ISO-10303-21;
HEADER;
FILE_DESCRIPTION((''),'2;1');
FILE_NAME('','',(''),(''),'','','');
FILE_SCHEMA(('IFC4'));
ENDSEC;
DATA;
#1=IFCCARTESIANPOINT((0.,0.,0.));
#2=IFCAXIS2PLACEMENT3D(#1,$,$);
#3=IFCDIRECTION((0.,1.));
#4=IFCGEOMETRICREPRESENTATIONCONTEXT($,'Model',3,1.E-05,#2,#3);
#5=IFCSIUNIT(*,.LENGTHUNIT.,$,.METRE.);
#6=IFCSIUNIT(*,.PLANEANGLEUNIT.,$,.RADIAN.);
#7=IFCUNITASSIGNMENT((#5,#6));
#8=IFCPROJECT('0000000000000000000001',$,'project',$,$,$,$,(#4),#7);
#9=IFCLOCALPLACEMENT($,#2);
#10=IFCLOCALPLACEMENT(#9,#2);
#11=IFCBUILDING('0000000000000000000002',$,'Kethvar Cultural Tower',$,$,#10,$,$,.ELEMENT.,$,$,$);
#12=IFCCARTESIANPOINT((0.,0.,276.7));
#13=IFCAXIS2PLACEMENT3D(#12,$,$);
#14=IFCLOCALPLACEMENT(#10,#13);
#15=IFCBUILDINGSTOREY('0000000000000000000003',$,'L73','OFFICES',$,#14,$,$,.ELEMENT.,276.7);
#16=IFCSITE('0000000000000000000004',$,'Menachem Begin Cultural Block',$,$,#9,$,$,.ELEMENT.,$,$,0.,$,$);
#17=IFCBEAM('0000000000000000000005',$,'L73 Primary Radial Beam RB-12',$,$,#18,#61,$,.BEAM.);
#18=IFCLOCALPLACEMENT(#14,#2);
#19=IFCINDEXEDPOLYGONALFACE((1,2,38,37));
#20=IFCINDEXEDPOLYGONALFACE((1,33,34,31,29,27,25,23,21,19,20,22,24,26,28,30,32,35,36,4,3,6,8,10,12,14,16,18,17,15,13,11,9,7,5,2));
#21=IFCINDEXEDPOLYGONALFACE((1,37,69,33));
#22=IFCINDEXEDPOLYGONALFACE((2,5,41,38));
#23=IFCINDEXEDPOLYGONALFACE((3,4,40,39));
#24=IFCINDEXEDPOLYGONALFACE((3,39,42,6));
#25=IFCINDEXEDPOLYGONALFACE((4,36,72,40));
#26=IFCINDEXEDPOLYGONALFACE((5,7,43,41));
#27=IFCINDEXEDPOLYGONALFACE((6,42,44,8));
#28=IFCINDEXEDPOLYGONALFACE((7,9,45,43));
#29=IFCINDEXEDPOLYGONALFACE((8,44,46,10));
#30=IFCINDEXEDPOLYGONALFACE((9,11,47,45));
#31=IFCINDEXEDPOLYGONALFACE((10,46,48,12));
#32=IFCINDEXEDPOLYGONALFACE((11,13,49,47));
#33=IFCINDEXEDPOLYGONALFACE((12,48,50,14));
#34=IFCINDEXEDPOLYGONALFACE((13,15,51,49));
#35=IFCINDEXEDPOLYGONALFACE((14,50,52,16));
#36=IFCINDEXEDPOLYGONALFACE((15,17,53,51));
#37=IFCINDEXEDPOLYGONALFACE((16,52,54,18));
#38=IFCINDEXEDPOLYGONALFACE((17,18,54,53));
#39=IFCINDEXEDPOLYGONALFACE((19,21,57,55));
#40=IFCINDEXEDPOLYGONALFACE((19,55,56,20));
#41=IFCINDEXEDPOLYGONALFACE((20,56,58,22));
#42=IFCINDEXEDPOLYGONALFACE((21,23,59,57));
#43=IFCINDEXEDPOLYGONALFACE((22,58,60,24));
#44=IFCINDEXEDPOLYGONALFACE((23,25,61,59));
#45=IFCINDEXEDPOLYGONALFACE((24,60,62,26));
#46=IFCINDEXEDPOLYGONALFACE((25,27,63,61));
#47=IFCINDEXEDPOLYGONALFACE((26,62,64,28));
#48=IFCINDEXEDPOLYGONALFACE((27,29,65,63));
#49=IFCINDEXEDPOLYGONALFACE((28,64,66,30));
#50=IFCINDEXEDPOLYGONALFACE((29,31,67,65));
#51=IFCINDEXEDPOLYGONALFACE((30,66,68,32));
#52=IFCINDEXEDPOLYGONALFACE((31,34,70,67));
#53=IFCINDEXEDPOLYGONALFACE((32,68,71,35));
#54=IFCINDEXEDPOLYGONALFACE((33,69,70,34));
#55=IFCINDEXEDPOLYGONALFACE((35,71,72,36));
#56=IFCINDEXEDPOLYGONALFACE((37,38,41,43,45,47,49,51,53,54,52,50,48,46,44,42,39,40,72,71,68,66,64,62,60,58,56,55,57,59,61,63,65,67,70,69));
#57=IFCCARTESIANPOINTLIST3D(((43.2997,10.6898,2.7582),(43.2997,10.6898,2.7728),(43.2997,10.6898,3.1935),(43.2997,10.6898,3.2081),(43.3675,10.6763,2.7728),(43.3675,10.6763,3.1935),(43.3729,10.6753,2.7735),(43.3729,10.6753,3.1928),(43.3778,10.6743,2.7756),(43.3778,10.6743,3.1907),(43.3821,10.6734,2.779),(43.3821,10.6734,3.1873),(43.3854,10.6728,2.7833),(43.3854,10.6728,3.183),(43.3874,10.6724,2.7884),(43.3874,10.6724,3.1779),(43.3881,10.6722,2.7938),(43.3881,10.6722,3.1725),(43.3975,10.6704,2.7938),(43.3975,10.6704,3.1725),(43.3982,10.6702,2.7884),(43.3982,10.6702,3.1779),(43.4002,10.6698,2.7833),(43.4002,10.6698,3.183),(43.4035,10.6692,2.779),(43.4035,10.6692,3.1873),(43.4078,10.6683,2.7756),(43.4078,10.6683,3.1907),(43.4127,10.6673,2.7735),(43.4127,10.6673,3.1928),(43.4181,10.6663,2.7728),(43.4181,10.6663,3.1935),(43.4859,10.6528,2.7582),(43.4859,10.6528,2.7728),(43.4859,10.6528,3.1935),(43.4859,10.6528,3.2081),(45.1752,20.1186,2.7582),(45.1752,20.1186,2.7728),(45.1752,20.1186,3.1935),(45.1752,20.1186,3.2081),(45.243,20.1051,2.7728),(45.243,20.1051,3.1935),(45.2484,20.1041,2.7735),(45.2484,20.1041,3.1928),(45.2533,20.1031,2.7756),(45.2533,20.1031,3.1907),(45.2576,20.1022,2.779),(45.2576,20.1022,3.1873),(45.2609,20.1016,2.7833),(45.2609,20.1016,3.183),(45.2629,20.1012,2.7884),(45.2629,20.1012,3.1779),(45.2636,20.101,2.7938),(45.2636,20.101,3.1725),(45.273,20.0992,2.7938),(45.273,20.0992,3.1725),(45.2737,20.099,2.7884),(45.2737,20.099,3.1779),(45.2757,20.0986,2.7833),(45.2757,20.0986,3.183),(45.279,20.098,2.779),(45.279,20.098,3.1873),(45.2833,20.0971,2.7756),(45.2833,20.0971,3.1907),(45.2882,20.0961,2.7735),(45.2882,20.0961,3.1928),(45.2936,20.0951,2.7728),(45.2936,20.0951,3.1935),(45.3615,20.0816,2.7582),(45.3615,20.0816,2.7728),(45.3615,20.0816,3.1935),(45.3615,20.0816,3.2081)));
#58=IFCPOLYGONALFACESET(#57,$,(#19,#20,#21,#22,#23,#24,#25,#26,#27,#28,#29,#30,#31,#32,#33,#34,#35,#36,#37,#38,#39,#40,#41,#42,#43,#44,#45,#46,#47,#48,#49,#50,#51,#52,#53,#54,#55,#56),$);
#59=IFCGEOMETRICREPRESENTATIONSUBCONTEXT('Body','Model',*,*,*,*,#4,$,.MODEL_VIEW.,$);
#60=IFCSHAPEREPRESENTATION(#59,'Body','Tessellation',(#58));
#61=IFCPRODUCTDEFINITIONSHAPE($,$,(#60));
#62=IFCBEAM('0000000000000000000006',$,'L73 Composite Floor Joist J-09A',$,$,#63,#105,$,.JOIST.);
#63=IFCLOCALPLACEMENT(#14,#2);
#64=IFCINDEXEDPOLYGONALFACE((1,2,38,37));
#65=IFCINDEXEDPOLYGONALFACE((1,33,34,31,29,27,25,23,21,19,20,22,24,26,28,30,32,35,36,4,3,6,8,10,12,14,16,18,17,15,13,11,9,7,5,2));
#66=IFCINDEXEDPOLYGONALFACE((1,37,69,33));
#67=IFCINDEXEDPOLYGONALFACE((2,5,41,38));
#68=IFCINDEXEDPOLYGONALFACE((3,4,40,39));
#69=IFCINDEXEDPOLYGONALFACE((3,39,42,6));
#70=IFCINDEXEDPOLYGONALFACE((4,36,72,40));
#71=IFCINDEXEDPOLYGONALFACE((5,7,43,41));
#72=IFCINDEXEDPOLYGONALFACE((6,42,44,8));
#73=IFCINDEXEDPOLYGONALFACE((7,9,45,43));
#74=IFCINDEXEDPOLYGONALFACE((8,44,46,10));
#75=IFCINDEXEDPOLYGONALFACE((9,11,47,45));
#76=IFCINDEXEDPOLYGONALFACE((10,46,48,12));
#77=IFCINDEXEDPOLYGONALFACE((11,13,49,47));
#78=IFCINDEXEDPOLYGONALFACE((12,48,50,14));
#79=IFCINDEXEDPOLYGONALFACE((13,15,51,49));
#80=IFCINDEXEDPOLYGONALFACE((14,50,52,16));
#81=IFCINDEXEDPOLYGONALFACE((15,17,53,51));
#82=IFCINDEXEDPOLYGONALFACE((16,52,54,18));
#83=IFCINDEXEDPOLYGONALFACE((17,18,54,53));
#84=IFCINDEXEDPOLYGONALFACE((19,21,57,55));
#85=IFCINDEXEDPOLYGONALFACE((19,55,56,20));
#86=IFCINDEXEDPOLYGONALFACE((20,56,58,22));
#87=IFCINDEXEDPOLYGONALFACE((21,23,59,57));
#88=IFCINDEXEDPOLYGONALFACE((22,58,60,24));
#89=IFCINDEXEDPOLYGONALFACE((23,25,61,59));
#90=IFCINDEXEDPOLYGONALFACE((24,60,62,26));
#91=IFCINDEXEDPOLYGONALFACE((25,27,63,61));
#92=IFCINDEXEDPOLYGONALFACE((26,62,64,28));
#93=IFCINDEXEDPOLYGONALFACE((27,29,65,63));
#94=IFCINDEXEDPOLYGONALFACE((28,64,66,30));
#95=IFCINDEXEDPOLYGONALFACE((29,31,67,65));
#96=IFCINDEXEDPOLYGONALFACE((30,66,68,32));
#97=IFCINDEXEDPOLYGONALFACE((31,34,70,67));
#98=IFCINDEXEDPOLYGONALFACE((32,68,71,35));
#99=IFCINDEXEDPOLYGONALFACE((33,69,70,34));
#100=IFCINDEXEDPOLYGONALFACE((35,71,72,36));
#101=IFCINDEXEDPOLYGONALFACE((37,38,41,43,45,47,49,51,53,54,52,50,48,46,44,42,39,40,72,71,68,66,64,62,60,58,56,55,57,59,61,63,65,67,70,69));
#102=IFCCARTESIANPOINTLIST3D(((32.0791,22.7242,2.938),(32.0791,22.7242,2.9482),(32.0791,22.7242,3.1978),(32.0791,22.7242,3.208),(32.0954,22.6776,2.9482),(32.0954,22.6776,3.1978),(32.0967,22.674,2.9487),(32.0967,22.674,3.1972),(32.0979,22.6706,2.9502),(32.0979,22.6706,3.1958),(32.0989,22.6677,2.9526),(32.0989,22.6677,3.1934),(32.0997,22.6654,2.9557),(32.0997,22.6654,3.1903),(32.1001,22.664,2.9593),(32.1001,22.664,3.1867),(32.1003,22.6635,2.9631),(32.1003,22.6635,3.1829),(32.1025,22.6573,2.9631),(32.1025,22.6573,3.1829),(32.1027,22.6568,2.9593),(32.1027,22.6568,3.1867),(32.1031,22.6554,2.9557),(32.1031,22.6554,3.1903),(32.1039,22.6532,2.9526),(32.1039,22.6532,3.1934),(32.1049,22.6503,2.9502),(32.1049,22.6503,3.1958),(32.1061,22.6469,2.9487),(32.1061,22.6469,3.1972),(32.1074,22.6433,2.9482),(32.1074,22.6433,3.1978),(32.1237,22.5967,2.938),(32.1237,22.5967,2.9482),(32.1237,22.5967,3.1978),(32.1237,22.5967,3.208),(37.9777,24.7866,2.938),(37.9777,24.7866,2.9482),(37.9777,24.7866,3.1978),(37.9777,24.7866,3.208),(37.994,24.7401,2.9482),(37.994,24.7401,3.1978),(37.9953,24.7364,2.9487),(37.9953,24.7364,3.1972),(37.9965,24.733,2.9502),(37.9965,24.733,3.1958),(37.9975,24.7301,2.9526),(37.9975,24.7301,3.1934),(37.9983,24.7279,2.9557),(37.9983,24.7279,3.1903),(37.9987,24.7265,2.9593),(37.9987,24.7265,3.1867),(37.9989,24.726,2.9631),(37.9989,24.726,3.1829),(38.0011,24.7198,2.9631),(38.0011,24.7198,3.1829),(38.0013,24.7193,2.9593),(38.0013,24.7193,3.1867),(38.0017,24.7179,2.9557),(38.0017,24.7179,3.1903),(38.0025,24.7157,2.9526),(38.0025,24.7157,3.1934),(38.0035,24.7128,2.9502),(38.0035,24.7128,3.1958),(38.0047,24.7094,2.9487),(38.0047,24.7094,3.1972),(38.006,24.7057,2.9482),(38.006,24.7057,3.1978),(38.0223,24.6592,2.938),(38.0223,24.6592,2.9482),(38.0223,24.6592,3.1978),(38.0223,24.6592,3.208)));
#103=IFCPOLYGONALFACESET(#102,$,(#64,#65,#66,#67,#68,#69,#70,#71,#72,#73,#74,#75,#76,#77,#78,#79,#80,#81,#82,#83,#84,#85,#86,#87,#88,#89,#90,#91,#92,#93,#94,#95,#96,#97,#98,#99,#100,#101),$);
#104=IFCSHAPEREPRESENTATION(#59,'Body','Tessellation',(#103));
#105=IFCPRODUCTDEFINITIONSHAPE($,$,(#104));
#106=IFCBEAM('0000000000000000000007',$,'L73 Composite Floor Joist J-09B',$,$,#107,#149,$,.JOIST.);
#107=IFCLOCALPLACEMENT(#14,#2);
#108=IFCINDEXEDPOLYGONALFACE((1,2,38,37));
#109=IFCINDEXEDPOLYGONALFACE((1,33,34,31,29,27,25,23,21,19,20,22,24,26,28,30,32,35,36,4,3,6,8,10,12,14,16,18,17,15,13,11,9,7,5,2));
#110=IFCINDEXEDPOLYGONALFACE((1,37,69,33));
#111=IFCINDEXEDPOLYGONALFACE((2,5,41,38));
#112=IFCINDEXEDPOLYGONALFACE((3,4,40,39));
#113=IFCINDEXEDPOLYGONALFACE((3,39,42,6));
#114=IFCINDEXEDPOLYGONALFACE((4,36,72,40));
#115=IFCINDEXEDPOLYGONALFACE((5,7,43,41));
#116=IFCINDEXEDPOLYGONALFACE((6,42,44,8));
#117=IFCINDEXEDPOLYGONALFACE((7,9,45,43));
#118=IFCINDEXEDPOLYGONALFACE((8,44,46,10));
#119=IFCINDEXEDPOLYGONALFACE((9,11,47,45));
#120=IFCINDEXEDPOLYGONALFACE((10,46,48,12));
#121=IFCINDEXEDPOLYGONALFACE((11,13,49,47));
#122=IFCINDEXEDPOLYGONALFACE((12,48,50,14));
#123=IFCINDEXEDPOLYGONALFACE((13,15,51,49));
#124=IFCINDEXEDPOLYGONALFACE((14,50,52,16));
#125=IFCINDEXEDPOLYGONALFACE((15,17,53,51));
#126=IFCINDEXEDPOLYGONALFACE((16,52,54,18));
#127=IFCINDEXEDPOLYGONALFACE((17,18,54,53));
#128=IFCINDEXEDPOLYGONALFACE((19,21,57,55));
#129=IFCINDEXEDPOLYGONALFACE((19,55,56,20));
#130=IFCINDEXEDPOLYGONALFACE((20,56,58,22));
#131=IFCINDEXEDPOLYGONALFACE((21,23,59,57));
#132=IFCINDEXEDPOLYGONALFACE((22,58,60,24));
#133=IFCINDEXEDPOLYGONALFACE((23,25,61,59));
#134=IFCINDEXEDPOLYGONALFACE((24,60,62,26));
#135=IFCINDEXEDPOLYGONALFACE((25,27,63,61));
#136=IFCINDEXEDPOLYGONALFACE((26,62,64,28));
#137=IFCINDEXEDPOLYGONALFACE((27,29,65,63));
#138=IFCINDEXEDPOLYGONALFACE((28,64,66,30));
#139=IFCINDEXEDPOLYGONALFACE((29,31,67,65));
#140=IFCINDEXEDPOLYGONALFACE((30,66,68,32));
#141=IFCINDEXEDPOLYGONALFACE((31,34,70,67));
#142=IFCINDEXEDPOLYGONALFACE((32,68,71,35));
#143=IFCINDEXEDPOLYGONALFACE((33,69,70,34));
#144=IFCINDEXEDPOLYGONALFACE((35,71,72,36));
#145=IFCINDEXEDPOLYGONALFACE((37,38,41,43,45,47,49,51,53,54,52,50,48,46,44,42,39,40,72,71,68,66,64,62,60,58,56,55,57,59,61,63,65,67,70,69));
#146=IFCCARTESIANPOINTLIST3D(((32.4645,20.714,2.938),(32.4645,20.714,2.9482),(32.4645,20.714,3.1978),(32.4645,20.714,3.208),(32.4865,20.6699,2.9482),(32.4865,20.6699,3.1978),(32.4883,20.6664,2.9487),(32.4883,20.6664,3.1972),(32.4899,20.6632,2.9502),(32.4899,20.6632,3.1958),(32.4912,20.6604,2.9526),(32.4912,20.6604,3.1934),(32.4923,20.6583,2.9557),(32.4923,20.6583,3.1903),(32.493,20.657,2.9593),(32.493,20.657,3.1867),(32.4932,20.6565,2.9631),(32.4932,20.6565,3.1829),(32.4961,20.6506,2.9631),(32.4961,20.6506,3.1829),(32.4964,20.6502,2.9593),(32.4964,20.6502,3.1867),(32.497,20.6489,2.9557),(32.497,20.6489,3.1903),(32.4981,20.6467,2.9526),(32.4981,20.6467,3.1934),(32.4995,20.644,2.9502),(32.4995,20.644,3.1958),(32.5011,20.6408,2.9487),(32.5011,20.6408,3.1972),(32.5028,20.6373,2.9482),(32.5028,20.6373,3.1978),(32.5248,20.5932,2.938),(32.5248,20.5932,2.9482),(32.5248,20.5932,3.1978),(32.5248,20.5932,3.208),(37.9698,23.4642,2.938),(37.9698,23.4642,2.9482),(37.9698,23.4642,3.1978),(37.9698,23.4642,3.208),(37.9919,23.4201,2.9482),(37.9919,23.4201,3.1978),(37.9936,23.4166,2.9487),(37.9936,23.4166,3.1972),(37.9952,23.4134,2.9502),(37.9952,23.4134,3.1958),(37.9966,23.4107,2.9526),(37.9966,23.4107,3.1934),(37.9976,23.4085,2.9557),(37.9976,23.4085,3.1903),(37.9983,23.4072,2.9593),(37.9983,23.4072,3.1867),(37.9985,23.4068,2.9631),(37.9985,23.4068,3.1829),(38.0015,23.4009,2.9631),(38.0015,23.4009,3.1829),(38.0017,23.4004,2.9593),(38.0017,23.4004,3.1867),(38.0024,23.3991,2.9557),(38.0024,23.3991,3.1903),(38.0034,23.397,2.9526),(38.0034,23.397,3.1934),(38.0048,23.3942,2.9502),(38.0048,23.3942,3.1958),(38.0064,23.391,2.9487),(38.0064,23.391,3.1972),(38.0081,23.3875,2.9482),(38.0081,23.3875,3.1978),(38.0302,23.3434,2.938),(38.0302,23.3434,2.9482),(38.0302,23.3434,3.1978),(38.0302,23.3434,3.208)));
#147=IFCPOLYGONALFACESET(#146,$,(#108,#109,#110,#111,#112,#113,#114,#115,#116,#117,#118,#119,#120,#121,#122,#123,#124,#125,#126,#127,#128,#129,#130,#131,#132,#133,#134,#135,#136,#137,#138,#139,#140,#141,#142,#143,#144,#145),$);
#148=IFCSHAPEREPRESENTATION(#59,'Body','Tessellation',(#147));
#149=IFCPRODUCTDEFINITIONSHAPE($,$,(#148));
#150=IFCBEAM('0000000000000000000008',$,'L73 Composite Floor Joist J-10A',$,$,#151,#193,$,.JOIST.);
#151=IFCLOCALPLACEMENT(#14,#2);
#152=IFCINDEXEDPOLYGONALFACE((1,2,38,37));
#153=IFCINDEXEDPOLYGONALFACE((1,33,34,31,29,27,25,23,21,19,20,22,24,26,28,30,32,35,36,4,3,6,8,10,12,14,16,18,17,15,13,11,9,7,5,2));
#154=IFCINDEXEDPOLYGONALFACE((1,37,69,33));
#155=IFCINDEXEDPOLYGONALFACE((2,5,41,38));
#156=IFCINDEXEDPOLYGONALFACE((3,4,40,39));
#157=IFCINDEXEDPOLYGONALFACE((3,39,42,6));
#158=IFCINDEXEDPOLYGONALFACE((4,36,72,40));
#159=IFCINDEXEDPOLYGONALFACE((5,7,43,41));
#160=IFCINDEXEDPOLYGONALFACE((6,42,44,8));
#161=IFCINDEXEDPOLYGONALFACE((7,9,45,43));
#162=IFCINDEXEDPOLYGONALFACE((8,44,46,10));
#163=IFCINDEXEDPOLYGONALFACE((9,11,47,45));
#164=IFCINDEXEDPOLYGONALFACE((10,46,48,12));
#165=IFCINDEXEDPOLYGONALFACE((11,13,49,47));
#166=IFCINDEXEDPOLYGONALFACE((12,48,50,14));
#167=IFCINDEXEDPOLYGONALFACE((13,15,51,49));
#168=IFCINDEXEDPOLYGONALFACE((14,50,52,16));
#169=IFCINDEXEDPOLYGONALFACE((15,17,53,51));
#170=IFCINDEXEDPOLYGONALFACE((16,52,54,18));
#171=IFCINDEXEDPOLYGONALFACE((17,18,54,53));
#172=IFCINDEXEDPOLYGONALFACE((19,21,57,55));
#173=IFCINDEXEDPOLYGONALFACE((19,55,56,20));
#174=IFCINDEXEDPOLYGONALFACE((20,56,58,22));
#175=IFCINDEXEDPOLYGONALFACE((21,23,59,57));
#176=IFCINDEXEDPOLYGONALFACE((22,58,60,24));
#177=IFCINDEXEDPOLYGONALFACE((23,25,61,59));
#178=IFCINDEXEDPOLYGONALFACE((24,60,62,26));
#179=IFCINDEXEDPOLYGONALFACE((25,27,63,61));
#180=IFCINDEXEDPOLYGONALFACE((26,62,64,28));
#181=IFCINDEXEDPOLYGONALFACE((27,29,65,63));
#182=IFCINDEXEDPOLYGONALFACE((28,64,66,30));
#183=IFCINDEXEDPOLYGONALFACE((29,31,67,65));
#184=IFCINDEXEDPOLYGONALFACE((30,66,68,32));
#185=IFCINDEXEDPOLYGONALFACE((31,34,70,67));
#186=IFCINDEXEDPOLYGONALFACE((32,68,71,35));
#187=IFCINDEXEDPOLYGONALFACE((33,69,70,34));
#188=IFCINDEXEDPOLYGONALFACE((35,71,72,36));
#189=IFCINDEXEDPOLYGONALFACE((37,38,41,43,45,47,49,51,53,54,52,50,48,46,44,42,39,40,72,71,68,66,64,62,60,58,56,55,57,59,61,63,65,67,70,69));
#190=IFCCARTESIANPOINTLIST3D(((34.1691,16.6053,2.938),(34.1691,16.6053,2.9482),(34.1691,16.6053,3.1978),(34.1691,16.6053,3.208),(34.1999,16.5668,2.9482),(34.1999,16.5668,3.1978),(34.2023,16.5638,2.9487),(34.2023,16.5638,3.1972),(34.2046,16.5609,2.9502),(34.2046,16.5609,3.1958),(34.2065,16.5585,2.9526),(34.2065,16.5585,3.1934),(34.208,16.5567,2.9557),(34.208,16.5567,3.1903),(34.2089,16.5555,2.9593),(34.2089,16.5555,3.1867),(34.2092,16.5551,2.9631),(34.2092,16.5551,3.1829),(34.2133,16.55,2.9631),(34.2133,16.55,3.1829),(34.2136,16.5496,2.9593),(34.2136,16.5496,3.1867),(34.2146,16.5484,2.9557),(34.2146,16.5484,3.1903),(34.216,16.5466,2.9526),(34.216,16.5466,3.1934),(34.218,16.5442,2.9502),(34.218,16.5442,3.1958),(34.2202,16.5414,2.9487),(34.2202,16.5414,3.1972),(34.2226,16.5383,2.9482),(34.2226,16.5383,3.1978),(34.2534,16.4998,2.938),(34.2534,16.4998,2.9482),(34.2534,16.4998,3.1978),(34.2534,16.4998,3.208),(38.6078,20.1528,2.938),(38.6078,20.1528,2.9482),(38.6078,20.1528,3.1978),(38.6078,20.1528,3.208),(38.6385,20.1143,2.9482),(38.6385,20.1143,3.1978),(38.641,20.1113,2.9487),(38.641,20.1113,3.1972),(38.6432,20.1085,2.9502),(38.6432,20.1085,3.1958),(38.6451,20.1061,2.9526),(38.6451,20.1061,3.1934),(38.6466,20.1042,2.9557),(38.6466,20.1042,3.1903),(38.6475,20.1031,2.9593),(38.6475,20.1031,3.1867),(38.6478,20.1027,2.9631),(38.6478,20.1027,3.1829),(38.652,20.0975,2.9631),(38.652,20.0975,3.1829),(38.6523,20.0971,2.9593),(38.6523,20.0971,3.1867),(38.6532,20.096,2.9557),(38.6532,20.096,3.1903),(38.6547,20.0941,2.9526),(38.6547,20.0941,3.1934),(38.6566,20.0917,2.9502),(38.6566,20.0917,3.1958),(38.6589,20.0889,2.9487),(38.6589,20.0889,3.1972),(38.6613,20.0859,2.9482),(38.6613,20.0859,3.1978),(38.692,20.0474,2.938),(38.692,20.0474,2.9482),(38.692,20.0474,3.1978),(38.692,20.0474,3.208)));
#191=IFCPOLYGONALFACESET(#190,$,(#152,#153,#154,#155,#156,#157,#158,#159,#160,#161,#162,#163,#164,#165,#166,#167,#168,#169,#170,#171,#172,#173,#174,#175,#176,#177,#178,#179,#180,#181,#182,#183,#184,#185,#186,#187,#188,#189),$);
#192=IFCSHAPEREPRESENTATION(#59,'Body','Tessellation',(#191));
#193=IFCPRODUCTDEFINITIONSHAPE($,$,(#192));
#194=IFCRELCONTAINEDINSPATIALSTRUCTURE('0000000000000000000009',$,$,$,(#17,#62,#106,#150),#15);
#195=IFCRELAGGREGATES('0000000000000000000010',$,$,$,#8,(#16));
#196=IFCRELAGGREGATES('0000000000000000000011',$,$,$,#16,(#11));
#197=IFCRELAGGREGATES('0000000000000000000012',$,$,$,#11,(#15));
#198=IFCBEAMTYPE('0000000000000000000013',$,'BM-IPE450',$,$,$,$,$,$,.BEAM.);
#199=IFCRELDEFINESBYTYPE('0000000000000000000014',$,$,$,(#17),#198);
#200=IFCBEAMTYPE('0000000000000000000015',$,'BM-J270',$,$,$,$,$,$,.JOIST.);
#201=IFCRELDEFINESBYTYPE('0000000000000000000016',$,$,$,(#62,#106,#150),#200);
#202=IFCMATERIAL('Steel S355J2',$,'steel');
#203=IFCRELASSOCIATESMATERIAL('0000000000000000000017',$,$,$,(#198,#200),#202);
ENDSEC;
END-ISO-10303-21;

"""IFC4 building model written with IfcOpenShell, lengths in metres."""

from ifc_helpers import new_model, si_unit, direction, frame, origin, origin_2d, place, context, subcontext, project, spatial, i_section, extrude, source, transform, mapped, material, material_profile, profile_set, type_object, element, save


model = new_model("IFC4")

# Units and contexts
model_context = context("Model", 3, precision=1e-05, world=origin(), true_north=direction((0.0, 1.0)))
body_context = subcontext(model_context, "Body", "Model", "MODEL_VIEW")
ifc_project = project(units=[si_unit("LENGTHUNIT", "METRE"), si_unit("PLANEANGLEUNIT", "RADIAN")], contexts=[model_context])

# Site, building, storey
site_placement = place(None, origin())
site = spatial("IfcSite", under=ifc_project, at=site_placement, Name="Menachem Begin Cultural Block", CompositionType="ELEMENT", RefElevation=0.0)
building_placement = place(site_placement, origin())
building = spatial("IfcBuilding", under=site, at=building_placement, Name="Kethvar Cultural Tower", CompositionType="ELEMENT")
storey_placement = place(building_placement, frame((0.0, 0.0, 276.7)))
storey = spatial("IfcBuildingStorey", under=building, at=storey_placement, Name="L73", Description="OFFICES", CompositionType="ELEMENT", Elevation=276.7)

# Shared definitions
ifc_material_1 = material(Name="Steel S355J2", Category="steel")

# Beams
ifc_material_profile_1 = material_profile(ifc_material_1, i_section(OverallWidth=0.1899, OverallDepth=0.45, WebThickness=0.0095, FlangeThickness=0.0146, FilletRadius=0.021, at=origin_2d()), Name="Steel S355J2 — IPE450")
ifc_profile_set_1 = profile_set([ifc_material_profile_1], Name="Steel S355J2 — IPE450")
beam_type_1 = type_object("IfcBeamType", Name="BM-IPE450", PredefinedType="BEAM", material=ifc_profile_set_1)
shared_shape_1 = source(origin(), body_context, "Body", "SweptSolid", [
    extrude(i_section(OverallWidth=0.1899, OverallDepth=0.45, WebThickness=0.0095, FlangeThickness=0.0146, FilletRadius=0.021, at=origin_2d()), origin(), (0.0, 0.0, 1.0), 9.6135),
])
beam_1_placement = place(storey_placement, frame((45.2683, 20.1001, 2.9832), z_axis=(-0.19509, -0.980785, 0.0), x_axis=(0.980785, -0.19509, 0.0)))
element("IfcBeam", 1, at=beam_1_placement, inside=storey, type_object=beam_type_1, Name="L73 Primary Radial Beam RB-12", PredefinedType="BEAM", context=body_context, shape_type="MappedRepresentation", body=[
    mapped(shared_shape_1, transform((0.0, 0.0, 0.0), scale=1.0)),
])
ifc_material_profile_2 = material_profile(ifc_material_1, i_section(OverallWidth=0.135, OverallDepth=0.27, WebThickness=0.0066, FlangeThickness=0.0103, FilletRadius=0.0149, at=origin_2d()), Name="Steel S355J2 — IPE270")
ifc_profile_set_2 = profile_set([ifc_material_profile_2], Name="Steel S355J2 — IPE270")
beam_type_2 = type_object("IfcBeamType", Name="BM-J270", PredefinedType="JOIST", material=ifc_profile_set_2)
shared_shape_2 = source(origin(), body_context, "Body", "SweptSolid", [
    extrude(i_section(OverallWidth=0.135, OverallDepth=0.27, WebThickness=0.0066, FlangeThickness=0.0103, FilletRadius=0.0149, at=origin_2d()), origin(), (0.0, 0.0, 1.0), 6.2488),
])
beam_2_placement = place(storey_placement, frame((38.0, 24.7229, 3.073), z_axis=(-0.94396, -0.33006, 0.0), x_axis=(0.33006, -0.94396, 0.0)))
element("IfcBeam", 2, at=beam_2_placement, inside=storey, type_object=beam_type_2, Name="L73 Composite Floor Joist J-09A", PredefinedType="JOIST", context=body_context, shape_type="MappedRepresentation", body=[
    mapped(shared_shape_2, transform((0.0, 0.0, 0.0), scale=1.0)),
])
shared_shape_3 = source(origin(), body_context, "Body", "SweptSolid", [
    extrude(i_section(OverallWidth=0.135, OverallDepth=0.27, WebThickness=0.0066, FlangeThickness=0.0103, FilletRadius=0.0149, at=origin_2d()), origin(), (0.0, 0.0, 1.0), 6.1541),
])
beam_3_placement = place(storey_placement, frame((38.0, 23.4038, 3.073), z_axis=(-0.894586, -0.446896, 0.0), x_axis=(0.446896, -0.894586, 0.0)))
element("IfcBeam", 3, at=beam_3_placement, inside=storey, type_object=beam_type_2, Name="L73 Composite Floor Joist J-09B", PredefinedType="JOIST", context=body_context, shape_type="MappedRepresentation", body=[
    mapped(shared_shape_3, transform((0.0, 0.0, 0.0), scale=1.0)),
])
shared_shape_4 = source(origin(), body_context, "Body", "SweptSolid", [
    extrude(i_section(OverallWidth=0.135, OverallDepth=0.27, WebThickness=0.0066, FlangeThickness=0.0103, FilletRadius=0.0149, at=origin_2d()), origin(), (0.0, 0.0, 1.0), 5.6821),
])
beam_4_placement = place(storey_placement, frame((38.6499, 20.1001, 3.073), z_axis=(-0.781158, -0.624333, 0.0), x_axis=(0.624333, -0.781158, 0.0)))
element("IfcBeam", 4, at=beam_4_placement, inside=storey, type_object=beam_type_2, Name="L73 Composite Floor Joist J-10A", PredefinedType="JOIST", context=body_context, shape_type="MappedRepresentation", body=[
    mapped(shared_shape_4, transform((0.0, 0.0, 0.0), scale=1.0)),
])

save(model, "model.ifc")
